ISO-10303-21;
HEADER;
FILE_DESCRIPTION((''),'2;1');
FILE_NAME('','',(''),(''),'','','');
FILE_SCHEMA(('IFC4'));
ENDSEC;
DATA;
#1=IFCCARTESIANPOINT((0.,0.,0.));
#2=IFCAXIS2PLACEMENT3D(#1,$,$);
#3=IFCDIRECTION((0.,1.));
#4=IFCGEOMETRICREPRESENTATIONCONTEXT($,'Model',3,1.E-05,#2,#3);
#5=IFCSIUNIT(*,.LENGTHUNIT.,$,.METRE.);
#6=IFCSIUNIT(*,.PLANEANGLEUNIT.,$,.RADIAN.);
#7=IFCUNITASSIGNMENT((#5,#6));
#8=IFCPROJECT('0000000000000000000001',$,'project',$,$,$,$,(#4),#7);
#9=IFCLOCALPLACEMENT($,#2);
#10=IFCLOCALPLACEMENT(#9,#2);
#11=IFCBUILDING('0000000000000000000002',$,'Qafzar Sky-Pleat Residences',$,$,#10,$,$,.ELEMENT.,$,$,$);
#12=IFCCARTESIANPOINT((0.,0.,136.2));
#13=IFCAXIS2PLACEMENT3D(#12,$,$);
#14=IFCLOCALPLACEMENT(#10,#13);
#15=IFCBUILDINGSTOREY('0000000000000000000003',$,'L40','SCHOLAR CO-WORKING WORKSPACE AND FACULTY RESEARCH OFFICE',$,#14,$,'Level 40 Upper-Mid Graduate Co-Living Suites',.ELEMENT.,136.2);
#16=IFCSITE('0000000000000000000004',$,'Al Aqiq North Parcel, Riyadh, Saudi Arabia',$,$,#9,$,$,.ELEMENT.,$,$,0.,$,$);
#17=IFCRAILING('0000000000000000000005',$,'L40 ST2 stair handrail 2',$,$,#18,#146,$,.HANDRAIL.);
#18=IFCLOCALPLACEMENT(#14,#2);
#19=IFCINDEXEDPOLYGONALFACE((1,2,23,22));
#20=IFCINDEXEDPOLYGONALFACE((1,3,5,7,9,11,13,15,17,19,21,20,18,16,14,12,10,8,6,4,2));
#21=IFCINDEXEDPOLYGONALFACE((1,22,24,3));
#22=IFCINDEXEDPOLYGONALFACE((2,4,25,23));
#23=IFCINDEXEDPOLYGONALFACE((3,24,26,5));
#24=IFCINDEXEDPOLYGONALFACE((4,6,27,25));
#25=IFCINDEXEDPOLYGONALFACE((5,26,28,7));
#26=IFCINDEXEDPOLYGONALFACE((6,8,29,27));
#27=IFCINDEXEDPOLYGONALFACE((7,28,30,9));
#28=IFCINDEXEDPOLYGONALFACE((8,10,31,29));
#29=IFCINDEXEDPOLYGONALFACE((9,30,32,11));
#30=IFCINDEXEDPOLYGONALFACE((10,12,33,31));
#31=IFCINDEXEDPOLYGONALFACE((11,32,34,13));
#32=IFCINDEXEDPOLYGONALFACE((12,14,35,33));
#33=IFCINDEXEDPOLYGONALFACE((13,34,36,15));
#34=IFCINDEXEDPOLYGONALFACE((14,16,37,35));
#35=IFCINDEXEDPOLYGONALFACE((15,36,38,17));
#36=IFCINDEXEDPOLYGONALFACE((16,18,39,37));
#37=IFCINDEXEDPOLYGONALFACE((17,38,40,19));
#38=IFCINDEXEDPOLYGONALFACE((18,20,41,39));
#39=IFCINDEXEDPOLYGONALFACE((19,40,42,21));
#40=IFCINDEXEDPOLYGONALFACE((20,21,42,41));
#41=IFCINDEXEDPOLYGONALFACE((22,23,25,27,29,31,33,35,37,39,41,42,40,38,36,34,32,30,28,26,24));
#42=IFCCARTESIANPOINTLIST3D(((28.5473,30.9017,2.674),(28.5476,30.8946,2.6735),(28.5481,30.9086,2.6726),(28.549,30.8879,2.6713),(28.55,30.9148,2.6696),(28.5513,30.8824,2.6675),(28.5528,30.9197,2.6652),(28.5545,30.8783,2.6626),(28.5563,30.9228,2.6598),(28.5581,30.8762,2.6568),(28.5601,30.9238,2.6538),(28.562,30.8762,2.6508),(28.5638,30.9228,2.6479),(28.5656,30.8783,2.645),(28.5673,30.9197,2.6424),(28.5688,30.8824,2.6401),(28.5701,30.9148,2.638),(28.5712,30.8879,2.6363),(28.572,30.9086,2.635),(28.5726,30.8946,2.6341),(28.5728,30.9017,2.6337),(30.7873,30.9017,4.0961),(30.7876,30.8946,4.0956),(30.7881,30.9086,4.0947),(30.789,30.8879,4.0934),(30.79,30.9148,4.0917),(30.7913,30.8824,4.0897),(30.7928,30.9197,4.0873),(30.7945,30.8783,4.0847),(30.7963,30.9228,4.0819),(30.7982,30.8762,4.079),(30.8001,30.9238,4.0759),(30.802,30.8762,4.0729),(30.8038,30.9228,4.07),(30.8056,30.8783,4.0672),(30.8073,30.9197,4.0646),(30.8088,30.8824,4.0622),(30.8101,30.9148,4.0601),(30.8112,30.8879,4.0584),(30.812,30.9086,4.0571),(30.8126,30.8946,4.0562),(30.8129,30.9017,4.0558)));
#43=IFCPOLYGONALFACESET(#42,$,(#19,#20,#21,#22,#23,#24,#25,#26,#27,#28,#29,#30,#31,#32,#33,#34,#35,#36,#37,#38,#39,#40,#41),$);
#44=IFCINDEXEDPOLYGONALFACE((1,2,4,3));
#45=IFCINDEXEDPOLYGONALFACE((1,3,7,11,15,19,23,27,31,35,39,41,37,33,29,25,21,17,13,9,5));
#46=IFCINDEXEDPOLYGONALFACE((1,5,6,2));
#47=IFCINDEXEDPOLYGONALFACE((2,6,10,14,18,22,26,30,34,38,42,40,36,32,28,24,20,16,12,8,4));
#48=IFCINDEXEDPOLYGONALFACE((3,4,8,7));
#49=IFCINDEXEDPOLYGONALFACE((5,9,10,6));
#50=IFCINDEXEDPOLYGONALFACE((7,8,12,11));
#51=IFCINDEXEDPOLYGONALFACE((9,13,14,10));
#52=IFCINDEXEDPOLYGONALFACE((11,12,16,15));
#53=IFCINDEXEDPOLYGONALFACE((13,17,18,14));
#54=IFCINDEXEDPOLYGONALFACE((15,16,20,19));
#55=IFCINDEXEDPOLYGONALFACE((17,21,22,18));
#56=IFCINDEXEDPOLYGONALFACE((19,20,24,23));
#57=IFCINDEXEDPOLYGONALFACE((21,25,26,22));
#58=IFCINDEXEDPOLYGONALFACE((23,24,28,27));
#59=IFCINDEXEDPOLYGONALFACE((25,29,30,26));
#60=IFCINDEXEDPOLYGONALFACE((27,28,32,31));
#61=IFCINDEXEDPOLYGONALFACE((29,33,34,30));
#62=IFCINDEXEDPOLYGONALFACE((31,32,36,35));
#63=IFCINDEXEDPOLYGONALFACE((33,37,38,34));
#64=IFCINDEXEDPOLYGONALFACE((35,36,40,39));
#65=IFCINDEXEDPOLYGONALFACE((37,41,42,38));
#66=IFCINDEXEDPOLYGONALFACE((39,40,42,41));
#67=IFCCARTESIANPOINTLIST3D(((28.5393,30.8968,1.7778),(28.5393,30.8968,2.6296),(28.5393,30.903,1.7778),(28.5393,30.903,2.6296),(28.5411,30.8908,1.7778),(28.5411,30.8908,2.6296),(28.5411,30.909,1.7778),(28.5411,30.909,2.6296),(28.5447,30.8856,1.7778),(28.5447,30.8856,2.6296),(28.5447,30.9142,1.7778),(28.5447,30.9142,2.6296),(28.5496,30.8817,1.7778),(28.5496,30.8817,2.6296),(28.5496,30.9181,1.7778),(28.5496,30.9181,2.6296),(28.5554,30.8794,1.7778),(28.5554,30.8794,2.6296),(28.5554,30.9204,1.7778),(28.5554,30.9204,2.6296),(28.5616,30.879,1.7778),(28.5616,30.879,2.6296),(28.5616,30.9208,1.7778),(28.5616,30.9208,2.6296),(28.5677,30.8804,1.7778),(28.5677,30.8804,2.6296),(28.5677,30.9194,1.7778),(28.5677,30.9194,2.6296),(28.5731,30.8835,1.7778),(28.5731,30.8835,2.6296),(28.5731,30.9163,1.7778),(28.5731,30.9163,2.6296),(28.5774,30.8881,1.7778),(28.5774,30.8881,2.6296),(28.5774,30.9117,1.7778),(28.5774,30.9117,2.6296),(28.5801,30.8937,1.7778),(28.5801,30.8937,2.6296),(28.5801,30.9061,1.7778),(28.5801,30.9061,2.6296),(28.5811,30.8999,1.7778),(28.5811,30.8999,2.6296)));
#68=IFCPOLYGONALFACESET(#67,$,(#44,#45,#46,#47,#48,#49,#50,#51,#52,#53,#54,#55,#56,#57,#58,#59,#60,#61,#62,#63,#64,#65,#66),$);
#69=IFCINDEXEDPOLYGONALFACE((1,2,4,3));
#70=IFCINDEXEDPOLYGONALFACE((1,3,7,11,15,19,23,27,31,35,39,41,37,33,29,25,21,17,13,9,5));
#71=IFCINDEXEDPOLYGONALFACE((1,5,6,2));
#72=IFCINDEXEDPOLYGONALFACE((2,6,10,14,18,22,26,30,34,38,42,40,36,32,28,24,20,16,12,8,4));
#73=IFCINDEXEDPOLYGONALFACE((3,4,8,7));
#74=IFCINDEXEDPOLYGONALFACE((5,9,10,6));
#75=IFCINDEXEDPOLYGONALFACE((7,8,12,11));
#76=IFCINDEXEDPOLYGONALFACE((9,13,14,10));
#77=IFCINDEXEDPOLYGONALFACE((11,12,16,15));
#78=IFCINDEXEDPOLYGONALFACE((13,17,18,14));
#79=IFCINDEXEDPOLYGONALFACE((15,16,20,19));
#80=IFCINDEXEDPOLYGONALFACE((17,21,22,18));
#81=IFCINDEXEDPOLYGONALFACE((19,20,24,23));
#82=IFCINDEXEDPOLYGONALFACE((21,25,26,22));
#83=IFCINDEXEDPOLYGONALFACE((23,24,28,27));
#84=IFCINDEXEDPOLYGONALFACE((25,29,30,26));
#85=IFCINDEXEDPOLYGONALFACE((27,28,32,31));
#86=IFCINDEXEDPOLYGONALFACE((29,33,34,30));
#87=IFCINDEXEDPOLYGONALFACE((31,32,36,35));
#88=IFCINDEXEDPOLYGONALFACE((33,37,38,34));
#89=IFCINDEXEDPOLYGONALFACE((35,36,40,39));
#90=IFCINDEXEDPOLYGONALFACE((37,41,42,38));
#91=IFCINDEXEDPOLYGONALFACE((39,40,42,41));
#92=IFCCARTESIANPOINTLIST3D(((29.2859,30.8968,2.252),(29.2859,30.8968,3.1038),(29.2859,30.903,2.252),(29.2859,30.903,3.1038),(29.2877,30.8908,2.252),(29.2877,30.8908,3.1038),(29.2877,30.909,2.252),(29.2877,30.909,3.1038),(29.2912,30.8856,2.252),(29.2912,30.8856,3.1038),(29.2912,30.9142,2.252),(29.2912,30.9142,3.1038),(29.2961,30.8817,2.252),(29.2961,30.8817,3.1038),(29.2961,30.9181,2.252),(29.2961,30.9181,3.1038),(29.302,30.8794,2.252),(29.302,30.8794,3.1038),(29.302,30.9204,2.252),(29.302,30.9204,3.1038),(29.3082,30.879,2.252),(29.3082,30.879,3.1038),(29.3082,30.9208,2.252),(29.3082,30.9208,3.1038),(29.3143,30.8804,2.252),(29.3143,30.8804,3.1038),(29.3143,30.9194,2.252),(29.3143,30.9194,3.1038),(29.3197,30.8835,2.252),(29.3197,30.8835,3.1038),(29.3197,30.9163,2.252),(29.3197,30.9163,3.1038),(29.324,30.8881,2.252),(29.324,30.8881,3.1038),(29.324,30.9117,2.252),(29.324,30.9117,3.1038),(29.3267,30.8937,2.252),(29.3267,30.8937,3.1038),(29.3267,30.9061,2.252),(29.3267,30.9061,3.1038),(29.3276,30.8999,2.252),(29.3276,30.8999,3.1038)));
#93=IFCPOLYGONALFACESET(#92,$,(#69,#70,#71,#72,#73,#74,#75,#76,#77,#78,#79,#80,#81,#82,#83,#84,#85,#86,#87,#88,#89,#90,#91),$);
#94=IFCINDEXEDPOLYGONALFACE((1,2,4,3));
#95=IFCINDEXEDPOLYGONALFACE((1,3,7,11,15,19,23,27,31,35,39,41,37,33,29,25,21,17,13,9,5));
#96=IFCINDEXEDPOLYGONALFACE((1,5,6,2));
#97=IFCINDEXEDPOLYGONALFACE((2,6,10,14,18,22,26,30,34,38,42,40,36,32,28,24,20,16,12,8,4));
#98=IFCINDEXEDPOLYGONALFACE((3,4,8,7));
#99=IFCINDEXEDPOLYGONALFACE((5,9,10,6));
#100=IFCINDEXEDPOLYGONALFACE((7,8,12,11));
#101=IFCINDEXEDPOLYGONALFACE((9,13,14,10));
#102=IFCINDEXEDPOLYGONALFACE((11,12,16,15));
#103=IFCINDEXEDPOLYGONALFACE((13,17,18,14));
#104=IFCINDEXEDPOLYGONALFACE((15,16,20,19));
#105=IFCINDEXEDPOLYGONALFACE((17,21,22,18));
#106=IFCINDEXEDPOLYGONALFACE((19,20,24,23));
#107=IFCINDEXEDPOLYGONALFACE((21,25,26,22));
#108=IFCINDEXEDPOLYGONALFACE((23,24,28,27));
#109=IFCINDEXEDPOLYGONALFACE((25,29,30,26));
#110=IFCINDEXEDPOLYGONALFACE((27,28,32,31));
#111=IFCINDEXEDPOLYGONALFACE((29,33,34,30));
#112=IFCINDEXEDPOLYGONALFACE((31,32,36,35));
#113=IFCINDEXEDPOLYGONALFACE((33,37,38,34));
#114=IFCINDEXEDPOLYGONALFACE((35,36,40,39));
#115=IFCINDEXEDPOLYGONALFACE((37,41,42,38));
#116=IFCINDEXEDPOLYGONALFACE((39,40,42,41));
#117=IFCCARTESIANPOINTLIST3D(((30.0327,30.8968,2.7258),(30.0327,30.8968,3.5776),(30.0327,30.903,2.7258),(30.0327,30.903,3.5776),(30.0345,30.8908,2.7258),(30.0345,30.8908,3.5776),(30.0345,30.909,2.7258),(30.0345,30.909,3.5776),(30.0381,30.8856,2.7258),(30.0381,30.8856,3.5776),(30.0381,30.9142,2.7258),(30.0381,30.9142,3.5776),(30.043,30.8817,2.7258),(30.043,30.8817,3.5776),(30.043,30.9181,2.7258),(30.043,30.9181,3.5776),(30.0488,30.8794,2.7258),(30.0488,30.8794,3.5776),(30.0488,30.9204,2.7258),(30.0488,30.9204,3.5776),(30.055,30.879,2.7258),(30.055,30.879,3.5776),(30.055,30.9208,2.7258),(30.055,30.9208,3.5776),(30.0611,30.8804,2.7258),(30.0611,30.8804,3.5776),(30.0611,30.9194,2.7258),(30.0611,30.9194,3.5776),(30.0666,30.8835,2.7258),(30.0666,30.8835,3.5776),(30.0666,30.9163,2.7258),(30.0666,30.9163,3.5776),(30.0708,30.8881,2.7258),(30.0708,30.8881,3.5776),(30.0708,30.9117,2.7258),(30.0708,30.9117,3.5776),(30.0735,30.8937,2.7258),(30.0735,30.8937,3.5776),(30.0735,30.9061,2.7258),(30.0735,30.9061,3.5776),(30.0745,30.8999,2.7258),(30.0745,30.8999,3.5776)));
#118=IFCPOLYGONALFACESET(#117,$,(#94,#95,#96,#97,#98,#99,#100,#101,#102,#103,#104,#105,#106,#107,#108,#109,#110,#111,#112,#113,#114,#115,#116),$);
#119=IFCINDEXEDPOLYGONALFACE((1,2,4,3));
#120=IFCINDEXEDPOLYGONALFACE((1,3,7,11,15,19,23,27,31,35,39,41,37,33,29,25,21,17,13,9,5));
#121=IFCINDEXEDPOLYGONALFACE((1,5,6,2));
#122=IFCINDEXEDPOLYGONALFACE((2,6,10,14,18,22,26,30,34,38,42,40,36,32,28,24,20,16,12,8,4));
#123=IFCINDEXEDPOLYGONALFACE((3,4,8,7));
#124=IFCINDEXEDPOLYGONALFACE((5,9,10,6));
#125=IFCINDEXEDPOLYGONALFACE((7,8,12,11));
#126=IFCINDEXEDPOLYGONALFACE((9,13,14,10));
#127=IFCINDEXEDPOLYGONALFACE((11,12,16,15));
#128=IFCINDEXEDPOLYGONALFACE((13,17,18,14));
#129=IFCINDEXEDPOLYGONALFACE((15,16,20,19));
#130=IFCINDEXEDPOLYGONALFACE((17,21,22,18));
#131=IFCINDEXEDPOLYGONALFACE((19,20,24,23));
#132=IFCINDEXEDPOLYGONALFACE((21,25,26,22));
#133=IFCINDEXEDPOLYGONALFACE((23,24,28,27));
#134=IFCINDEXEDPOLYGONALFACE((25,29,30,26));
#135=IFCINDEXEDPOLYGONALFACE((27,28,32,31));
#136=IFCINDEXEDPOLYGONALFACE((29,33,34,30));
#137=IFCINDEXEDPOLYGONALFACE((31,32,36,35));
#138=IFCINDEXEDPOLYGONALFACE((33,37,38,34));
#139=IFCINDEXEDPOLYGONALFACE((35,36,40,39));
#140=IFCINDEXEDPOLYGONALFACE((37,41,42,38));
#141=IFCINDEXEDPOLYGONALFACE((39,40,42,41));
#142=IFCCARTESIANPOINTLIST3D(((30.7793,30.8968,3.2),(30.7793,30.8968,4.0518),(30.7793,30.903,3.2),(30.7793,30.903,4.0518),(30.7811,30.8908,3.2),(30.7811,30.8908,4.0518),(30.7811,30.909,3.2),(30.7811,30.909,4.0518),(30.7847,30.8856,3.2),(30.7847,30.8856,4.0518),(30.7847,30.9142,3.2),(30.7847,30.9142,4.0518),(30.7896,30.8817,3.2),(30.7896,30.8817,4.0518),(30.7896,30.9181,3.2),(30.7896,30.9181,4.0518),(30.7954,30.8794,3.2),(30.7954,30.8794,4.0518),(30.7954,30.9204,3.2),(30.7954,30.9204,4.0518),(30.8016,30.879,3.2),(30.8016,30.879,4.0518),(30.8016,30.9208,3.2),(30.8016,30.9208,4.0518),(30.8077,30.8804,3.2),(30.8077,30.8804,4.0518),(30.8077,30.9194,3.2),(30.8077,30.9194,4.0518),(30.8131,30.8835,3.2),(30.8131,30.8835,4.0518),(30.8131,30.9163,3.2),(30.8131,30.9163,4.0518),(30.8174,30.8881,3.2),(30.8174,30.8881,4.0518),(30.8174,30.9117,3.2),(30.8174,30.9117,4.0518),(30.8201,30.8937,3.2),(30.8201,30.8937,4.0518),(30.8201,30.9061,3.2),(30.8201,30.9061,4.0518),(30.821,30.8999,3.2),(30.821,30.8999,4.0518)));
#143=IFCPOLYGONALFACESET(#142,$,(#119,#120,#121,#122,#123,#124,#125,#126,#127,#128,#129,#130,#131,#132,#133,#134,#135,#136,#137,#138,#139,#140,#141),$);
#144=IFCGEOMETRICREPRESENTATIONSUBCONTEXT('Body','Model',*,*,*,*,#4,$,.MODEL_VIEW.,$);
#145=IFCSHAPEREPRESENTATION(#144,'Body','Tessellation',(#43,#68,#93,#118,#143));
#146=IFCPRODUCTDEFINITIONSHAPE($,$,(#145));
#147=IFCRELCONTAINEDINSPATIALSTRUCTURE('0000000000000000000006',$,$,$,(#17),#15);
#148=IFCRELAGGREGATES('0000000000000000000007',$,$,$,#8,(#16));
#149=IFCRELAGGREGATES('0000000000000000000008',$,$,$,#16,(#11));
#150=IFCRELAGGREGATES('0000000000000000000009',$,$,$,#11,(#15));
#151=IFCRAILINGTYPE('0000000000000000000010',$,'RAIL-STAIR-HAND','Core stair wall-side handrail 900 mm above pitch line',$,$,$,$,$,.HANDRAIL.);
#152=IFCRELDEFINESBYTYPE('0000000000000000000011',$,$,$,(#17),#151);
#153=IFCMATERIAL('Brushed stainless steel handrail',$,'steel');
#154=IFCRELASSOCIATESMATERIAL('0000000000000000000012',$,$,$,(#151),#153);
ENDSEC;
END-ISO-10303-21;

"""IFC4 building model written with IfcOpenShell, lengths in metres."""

from ifc_helpers import new_model, si_unit, direction, frame, origin, origin_2d, place, context, subcontext, project, spatial, circle, extrude, source, transform, mapped, material, type_object, element, save


model = new_model("IFC4")

# Units and contexts
model_context = context("Model", 3, precision=1e-05, world=origin(), true_north=direction((0.0, 1.0)))
body_context = subcontext(model_context, "Body", "Model", "MODEL_VIEW")
ifc_project = project(units=[si_unit("LENGTHUNIT", "METRE"), si_unit("PLANEANGLEUNIT", "RADIAN")], contexts=[model_context])

# Site, building, storey
site_placement = place(None, origin())
site = spatial("IfcSite", under=ifc_project, at=site_placement, Name="Al Aqiq North Parcel, Riyadh, Saudi Arabia", CompositionType="ELEMENT", RefElevation=0.0)
building_placement = place(site_placement, origin())
building = spatial("IfcBuilding", under=site, at=building_placement, Name="Qafzar Sky-Pleat Residences", CompositionType="ELEMENT")
storey_placement = place(building_placement, frame((0.0, 0.0, 136.2)))
storey = spatial("IfcBuildingStorey", under=building, at=storey_placement, Name="L40", Description="SCHOLAR CO-WORKING WORKSPACE AND FACULTY RESEARCH OFFICE", LongName="Level 40 Upper-Mid Graduate Co-Living Suites", CompositionType="ELEMENT", Elevation=136.2)

# Railing
ifc_material_1 = material(Name="Brushed stainless steel handrail", Category="steel")
railing_type_1 = type_object("IfcRailingType", Name="RAIL-STAIR-HAND", Description="Core stair wall-side handrail 900 mm above pitch line", PredefinedType="HANDRAIL", material=ifc_material_1)
shared_shape_1 = source(origin(), body_context, "Body", "SweptSolid", [
    extrude(circle(Radius=0.0239, at=origin_2d()), frame((0.0, 0.0, 0.876), z_axis=(0.844229, 0.0, 0.535982), x_axis=(0.0, 1.0, 0.0)), (0.0, 0.0, 1.0), 2.6533),
    extrude(circle(Radius=0.021, at=origin_2d()), origin(), (0.0, 0.0, 1.0), 0.8518),
    extrude(circle(Radius=0.021, at=origin_2d()), frame((0.7466, 0.0, 0.4741)), (0.0, 0.0, 1.0), 0.8518),
    extrude(circle(Radius=0.021, at=origin_2d()), frame((1.4934, 0.0, 0.948)), (0.0, 0.0, 1.0), 0.8518),
    extrude(circle(Radius=0.021, at=origin_2d()), frame((2.24, 0.0, 1.4221)), (0.0, 0.0, 1.0), 0.8518),
])
railing_1_placement = place(storey_placement, frame((28.5601, 30.8999, 1.7778)))
element("IfcRailing", 1, at=railing_1_placement, inside=storey, type_object=railing_type_1, Name="L40 ST2 stair handrail 2", PredefinedType="HANDRAIL", context=body_context, shape_type="MappedRepresentation", body=[
    mapped(shared_shape_1, transform((0.0, 0.0, 0.0), x_axis=(1.0, 0.0, 0.0), y_axis=(0.0, 1.0, 0.0), z_axis=(0.0, 0.0, 1.0), scale=1.0)),
])

save(model, "model.ifc")
